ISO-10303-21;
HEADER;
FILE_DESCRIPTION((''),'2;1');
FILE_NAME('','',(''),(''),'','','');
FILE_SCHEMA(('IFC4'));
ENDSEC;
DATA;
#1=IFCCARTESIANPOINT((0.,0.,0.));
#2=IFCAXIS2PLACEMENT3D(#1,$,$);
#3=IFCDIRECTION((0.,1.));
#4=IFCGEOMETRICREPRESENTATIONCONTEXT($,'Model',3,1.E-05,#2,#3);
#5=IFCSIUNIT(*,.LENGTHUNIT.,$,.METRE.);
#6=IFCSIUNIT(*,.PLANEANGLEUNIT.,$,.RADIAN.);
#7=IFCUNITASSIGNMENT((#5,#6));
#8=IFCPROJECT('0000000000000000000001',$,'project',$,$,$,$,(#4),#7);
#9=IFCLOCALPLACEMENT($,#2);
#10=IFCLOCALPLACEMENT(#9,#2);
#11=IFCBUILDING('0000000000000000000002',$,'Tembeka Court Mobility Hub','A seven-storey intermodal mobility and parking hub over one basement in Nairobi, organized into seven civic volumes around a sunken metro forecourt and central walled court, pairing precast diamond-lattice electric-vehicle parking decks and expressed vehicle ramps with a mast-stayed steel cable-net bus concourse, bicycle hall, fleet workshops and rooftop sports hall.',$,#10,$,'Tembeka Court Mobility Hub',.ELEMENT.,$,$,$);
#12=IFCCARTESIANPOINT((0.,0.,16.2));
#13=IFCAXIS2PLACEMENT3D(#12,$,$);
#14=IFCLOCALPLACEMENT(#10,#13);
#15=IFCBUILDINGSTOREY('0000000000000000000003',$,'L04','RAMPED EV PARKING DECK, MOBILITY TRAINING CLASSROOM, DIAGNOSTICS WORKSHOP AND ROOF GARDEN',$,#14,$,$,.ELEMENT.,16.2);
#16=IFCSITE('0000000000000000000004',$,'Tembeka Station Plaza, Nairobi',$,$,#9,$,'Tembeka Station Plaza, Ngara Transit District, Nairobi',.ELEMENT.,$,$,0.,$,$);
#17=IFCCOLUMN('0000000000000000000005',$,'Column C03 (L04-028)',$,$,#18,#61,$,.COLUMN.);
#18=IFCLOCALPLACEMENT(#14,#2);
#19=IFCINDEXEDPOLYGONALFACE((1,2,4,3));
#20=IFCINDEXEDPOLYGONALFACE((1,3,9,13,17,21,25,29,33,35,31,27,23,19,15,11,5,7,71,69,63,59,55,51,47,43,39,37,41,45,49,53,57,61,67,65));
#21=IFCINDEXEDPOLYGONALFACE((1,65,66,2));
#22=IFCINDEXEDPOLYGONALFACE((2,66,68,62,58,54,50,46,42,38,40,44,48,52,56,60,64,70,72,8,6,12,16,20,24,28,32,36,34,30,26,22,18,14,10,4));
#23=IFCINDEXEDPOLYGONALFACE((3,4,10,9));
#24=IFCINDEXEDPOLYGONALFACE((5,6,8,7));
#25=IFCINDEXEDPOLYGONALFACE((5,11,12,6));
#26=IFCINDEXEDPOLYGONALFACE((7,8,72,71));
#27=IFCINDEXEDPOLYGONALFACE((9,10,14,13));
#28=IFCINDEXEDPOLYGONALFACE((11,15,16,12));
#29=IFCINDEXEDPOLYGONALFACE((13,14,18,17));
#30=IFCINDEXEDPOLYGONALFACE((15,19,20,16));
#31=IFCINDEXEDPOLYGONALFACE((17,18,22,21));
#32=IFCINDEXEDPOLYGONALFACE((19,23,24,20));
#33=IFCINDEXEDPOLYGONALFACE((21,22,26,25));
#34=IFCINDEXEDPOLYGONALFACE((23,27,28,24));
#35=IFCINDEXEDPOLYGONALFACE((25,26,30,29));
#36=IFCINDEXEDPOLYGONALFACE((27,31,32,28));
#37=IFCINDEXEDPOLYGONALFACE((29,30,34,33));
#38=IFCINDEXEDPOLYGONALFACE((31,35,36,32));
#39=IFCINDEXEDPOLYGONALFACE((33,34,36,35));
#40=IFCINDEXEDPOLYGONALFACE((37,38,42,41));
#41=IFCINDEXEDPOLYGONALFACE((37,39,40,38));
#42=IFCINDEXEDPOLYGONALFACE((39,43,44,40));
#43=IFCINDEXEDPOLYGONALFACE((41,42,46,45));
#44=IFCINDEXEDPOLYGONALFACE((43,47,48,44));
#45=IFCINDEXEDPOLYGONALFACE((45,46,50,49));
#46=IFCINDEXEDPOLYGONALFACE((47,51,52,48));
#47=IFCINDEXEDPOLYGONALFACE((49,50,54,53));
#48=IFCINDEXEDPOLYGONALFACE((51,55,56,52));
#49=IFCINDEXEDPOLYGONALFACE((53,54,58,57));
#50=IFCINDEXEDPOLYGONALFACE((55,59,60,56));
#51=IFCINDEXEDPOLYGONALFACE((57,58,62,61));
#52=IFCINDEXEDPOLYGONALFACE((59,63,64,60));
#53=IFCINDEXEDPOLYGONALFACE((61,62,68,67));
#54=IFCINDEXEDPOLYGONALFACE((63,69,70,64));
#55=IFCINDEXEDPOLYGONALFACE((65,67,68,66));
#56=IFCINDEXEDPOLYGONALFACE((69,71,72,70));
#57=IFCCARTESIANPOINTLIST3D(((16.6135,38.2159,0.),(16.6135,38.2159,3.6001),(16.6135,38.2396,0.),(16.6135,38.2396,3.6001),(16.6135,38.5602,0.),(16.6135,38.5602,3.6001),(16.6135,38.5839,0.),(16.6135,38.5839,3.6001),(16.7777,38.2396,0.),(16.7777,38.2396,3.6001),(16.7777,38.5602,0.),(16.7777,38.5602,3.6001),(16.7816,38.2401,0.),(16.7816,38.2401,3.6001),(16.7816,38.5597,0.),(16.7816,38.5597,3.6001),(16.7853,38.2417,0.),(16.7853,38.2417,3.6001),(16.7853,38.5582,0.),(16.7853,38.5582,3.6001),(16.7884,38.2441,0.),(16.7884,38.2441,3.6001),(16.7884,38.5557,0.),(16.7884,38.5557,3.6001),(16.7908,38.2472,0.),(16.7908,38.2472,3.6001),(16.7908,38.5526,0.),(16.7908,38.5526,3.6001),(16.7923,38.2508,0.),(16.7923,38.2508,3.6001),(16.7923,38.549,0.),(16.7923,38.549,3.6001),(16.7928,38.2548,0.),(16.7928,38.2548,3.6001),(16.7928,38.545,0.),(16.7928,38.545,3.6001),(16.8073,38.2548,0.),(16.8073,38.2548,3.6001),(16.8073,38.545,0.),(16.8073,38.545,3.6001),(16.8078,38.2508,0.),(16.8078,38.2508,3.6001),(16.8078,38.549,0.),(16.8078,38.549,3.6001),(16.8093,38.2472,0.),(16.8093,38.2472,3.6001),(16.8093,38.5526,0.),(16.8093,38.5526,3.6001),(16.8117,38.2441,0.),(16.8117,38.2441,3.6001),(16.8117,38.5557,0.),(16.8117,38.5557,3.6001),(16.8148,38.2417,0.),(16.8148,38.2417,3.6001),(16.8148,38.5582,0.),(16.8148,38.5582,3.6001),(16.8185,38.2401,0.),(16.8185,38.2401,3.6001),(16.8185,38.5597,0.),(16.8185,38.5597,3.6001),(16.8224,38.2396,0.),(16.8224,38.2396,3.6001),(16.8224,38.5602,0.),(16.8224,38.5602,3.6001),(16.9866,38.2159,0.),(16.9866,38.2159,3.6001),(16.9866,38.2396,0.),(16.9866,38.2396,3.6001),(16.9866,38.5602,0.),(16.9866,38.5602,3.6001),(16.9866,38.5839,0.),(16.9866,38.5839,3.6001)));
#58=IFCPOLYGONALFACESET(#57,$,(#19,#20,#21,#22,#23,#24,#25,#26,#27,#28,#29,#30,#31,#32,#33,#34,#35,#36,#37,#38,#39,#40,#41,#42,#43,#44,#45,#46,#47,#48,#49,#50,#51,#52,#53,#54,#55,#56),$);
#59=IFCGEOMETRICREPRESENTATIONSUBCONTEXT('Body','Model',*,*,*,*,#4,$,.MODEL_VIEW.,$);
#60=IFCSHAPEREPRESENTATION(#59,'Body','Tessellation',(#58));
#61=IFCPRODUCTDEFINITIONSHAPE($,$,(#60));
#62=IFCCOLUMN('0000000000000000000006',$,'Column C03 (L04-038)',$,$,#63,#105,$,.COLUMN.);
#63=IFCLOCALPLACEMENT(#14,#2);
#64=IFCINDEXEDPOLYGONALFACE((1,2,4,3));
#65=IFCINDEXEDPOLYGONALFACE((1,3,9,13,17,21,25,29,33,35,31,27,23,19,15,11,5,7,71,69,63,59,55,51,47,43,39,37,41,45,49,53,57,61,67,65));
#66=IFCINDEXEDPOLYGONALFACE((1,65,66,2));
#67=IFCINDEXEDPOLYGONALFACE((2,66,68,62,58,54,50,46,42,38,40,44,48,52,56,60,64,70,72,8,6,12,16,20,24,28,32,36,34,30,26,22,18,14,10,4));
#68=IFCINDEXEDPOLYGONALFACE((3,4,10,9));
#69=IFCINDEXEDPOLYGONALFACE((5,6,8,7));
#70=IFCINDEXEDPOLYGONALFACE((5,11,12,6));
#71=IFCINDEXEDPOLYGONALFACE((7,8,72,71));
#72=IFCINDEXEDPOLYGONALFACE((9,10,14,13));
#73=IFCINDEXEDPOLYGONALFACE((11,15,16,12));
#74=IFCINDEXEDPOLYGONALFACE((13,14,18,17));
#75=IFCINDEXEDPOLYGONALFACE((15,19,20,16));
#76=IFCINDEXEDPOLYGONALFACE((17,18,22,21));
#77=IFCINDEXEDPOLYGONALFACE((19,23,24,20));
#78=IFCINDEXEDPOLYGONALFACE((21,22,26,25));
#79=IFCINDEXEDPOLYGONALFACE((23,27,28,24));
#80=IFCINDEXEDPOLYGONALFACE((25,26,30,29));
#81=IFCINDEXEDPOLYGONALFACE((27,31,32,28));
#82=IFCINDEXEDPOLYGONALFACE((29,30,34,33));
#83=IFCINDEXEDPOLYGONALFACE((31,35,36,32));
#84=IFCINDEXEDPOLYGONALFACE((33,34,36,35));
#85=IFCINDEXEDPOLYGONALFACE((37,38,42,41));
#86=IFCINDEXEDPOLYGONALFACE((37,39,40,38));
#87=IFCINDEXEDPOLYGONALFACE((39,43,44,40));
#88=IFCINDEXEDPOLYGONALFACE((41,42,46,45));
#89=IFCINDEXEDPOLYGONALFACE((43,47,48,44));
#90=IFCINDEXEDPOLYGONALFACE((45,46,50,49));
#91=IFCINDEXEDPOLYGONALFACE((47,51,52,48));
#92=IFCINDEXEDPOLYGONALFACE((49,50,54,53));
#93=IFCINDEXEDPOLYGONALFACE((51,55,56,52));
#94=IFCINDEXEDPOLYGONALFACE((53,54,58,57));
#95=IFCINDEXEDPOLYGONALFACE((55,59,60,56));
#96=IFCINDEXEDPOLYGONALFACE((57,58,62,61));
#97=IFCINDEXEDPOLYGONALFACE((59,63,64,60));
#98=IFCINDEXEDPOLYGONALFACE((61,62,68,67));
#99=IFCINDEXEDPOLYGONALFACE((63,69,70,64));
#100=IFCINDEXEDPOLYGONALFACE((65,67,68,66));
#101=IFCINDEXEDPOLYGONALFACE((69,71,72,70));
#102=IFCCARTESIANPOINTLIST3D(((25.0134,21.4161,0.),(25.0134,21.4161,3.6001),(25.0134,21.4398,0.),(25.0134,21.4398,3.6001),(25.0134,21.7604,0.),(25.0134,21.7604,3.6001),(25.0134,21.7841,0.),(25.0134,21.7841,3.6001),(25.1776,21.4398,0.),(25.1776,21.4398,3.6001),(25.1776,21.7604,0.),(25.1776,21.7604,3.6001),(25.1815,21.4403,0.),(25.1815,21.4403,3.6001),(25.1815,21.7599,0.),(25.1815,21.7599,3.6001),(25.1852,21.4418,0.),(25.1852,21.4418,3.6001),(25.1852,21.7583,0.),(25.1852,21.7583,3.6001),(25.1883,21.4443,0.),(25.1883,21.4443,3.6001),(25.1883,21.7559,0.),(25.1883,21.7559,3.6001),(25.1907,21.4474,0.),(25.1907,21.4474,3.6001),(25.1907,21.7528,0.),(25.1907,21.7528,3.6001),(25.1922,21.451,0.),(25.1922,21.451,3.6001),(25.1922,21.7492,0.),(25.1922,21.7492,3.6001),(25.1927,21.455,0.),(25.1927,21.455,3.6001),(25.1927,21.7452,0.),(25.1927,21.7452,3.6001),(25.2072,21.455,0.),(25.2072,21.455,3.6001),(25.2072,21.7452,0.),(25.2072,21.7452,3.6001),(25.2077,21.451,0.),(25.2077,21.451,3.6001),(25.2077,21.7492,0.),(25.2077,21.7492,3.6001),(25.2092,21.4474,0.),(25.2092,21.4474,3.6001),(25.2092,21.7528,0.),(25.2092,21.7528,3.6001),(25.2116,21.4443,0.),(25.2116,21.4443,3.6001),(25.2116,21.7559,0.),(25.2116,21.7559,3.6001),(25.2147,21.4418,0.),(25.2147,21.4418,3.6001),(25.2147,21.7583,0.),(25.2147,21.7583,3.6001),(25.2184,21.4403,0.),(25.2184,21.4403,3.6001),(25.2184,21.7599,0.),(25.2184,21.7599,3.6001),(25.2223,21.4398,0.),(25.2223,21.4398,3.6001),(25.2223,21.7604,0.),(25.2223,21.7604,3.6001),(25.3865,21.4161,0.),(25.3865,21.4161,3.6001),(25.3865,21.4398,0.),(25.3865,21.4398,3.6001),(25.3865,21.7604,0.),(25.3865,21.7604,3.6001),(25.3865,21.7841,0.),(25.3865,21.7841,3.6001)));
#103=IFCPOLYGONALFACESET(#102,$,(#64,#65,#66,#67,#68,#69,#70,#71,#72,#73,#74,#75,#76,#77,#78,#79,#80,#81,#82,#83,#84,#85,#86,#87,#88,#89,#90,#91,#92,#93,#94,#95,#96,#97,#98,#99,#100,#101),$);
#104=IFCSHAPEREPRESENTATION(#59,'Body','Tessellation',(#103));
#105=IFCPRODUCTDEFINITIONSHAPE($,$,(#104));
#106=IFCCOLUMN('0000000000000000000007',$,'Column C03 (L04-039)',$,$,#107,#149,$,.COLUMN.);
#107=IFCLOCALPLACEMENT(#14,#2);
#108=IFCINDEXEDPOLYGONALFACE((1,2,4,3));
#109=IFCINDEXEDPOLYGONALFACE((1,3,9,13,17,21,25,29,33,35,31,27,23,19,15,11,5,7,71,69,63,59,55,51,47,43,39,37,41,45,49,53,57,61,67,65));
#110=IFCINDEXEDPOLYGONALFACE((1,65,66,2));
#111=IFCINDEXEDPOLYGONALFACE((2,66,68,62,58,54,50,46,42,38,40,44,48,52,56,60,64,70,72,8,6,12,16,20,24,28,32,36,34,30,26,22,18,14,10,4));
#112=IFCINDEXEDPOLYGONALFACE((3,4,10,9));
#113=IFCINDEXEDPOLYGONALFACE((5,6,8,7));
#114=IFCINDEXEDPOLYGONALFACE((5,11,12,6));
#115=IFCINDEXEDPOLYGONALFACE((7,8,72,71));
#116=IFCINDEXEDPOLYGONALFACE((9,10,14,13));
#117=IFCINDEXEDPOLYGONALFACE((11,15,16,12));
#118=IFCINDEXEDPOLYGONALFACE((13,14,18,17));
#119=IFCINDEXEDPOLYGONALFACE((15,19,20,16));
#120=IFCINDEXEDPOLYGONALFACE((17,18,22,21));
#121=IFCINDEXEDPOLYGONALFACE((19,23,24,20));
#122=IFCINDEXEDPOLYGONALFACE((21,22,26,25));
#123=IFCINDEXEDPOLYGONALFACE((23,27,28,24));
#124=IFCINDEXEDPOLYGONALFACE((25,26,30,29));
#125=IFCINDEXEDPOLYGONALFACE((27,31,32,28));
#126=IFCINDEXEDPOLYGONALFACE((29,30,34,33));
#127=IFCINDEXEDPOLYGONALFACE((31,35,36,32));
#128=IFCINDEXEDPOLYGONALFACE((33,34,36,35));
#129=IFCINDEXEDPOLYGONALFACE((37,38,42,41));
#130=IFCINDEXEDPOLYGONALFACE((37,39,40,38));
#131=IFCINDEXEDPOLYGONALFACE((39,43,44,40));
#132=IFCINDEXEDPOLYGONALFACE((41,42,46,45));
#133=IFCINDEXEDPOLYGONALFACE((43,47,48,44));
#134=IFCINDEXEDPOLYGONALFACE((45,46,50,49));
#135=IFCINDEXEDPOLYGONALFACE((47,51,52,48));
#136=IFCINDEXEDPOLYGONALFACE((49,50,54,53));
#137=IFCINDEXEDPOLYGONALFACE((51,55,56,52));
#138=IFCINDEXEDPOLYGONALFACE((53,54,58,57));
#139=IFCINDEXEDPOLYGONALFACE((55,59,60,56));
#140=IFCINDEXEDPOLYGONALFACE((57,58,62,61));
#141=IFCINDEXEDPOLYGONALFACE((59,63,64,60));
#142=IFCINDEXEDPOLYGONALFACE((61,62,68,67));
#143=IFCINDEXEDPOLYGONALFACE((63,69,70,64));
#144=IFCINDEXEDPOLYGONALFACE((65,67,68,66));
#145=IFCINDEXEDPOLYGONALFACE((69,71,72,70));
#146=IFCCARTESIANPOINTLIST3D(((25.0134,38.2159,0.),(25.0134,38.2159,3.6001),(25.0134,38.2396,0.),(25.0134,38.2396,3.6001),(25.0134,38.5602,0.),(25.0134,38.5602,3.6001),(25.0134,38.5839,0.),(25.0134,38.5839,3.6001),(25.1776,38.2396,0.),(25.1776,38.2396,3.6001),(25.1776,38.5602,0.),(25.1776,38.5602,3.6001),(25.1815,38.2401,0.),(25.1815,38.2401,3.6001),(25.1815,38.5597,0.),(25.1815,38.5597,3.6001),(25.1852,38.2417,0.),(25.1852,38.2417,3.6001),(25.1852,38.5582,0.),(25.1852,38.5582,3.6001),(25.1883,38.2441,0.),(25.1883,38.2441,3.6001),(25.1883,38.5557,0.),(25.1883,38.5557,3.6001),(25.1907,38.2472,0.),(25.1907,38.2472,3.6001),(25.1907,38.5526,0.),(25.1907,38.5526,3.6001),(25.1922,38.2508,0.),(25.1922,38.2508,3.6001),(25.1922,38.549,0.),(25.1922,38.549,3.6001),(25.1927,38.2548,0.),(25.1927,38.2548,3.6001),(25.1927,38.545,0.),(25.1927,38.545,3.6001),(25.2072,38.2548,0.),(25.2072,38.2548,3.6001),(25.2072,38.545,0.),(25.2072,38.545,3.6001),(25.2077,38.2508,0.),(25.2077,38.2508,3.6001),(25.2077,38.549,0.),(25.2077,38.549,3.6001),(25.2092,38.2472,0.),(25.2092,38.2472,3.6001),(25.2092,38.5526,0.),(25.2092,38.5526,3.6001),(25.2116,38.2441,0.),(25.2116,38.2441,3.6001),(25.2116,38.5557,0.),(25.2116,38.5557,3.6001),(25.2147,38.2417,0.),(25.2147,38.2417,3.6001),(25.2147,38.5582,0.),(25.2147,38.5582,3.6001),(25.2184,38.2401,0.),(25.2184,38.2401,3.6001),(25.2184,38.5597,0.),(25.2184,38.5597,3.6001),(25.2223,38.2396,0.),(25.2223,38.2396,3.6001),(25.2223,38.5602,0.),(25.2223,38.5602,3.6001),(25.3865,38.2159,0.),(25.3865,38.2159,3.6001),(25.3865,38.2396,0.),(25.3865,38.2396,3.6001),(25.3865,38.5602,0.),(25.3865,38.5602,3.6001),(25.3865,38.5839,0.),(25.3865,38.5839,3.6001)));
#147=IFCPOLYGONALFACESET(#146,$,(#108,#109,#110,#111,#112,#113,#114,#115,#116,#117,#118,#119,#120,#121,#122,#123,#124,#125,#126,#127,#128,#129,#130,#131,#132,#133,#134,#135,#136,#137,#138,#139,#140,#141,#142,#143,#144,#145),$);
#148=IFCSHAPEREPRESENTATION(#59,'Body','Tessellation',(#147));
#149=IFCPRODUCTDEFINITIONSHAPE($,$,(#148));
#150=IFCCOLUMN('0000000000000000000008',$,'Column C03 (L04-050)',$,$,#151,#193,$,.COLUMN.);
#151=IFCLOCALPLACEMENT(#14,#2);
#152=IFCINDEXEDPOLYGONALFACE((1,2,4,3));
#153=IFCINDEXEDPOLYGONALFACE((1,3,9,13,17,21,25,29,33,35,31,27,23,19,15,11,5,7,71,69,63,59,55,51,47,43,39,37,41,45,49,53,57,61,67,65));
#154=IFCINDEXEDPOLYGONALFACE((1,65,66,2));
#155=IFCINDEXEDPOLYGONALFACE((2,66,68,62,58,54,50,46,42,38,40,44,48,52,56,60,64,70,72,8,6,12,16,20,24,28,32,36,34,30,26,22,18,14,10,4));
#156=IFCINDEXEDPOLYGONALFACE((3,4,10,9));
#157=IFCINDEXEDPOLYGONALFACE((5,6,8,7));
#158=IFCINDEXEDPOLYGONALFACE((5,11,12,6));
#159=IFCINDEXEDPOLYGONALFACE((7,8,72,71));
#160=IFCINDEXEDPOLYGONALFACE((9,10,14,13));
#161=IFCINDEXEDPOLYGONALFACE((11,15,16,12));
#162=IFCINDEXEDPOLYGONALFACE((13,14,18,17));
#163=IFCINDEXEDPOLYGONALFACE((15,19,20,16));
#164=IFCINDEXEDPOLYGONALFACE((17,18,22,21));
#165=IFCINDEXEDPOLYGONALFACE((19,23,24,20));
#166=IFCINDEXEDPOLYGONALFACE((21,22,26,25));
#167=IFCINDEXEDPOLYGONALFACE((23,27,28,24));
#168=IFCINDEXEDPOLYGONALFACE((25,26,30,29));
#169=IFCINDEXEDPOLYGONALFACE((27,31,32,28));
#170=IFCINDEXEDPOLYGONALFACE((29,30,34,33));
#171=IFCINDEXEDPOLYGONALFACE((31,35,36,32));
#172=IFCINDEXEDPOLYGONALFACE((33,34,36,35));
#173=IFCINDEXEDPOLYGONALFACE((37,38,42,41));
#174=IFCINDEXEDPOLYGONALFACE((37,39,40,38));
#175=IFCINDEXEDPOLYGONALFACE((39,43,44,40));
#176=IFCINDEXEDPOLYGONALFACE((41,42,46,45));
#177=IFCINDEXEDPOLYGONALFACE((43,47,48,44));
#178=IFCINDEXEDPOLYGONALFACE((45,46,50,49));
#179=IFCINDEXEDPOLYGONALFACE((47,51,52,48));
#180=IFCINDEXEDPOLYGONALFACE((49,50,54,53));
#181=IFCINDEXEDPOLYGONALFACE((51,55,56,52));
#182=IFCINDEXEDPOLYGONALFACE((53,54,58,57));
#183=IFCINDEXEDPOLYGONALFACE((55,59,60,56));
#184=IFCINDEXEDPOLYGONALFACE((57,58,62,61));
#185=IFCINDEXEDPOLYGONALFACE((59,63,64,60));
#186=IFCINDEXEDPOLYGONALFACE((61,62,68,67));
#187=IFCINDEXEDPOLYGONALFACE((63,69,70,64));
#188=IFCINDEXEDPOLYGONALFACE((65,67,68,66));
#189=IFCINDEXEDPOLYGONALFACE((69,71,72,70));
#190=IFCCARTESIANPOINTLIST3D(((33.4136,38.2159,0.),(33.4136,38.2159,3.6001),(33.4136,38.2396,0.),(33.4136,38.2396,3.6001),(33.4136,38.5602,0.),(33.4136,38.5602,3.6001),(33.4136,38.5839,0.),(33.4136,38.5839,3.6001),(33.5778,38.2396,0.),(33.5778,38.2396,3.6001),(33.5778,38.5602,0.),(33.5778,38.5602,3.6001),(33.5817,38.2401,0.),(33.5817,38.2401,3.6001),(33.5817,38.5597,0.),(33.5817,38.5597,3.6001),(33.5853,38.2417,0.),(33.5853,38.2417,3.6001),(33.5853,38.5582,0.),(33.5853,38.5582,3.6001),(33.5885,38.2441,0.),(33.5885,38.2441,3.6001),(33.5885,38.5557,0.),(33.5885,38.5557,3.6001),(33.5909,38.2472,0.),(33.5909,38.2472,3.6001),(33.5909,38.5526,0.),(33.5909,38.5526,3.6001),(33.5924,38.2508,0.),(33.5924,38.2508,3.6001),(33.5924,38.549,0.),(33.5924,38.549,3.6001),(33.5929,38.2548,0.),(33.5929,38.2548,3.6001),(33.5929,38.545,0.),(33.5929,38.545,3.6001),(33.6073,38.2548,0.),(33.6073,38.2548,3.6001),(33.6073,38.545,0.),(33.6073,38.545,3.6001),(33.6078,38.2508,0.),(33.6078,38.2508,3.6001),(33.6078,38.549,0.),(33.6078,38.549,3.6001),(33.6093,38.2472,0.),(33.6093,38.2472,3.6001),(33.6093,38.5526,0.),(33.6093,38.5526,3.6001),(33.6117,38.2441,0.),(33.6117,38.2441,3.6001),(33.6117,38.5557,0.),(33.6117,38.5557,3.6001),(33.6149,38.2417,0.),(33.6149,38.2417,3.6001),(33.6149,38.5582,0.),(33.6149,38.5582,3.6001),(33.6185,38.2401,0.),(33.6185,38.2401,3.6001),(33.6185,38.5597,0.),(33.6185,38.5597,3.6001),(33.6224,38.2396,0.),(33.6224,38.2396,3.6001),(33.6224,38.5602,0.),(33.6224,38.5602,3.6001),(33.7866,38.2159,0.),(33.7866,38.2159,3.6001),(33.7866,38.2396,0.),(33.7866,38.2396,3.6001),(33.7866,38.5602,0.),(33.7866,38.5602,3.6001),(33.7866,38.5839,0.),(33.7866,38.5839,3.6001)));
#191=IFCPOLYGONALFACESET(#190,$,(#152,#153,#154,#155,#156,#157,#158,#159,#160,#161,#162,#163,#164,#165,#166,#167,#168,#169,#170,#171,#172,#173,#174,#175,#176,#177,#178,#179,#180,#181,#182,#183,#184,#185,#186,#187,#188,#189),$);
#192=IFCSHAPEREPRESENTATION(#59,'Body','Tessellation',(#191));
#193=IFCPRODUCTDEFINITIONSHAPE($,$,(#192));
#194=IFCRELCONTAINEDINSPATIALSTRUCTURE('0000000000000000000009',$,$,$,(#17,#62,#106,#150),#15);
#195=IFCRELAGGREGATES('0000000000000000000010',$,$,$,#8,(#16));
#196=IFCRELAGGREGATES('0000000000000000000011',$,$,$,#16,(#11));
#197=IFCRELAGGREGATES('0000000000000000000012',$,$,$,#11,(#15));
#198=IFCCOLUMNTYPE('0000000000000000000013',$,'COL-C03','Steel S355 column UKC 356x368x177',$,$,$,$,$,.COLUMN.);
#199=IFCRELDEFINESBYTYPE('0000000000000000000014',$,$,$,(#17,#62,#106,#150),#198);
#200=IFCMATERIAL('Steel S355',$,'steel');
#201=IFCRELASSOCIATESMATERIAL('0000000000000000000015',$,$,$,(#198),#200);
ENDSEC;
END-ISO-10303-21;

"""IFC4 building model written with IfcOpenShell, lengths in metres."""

from ifc_helpers import new_model, si_unit, direction, frame, origin, origin_2d, place, context, subcontext, project, spatial, i_section, extrude, material, material_profile, profile_set, type_object, element, save


model = new_model("IFC4")

# Units and contexts
model_context = context("Model", 3, precision=1e-05, world=origin(), true_north=direction((0.0, 1.0)))
body_context = subcontext(model_context, "Body", "Model", "MODEL_VIEW")
ifc_project = project(units=[si_unit("LENGTHUNIT", "METRE"), si_unit("PLANEANGLEUNIT", "RADIAN")], contexts=[model_context])

# Site, building, storey
site_placement = place(None, origin())
site = spatial("IfcSite", under=ifc_project, at=site_placement, Name="Tembeka Station Plaza, Nairobi", LongName="Tembeka Station Plaza, Ngara Transit District, Nairobi", CompositionType="ELEMENT", RefElevation=0.0)
building_placement = place(site_placement, origin())
building = spatial("IfcBuilding", under=site, at=building_placement, Name="Tembeka Court Mobility Hub", Description="A seven-storey intermodal mobility and parking hub over one basement in Nairobi, organized into seven civic volumes around a sunken metro forecourt and central walled court, pairing precast diamond-lattice electric-vehicle parking decks and expressed vehicle ramps with a mast-stayed steel cable-net bus concourse, bicycle hall, fleet workshops and rooftop sports hall.", LongName="Tembeka Court Mobility Hub", CompositionType="ELEMENT")
storey_placement = place(building_placement, frame((0.0, 0.0, 16.2)))
storey = spatial("IfcBuildingStorey", under=building, at=storey_placement, Name="L04", Description="RAMPED EV PARKING DECK, MOBILITY TRAINING CLASSROOM, DIAGNOSTICS WORKSHOP AND ROOF GARDEN", CompositionType="ELEMENT", Elevation=16.2)

# Columns
ifc_material_1 = material(Name="Steel S355", Category="steel")
ifc_material_profile_1 = material_profile(ifc_material_1, i_section(OverallWidth=0.373, OverallDepth=0.3679, WebThickness=0.0144, FlangeThickness=0.0237, FilletRadius=0.0151, at=origin_2d()), Name="UKC 356x368x177")
ifc_profile_set_1 = profile_set([ifc_material_profile_1], Name="Steel S355")
column_type_1 = type_object("IfcColumnType", Name="COL-C03", Description="Steel S355 column UKC 356x368x177", PredefinedType="COLUMN", material=ifc_profile_set_1)
for number, where, z_axis, x_axis, name in (
    (1, (16.8, 38.3999, 0.0), (0.0, 0.0, 1.0), (1.0, 0.0, 0.0), "Column C03 (L04-028)"),
    (2, (25.2, 21.6001, 0.0), (0.0, 0.0, 1.0), (1.0, 0.0, 0.0), "Column C03 (L04-038)"),
    (3, (25.2, 38.3999, 0.0), (0.0, 0.0, 1.0), (1.0, 0.0, 0.0), "Column C03 (L04-039)"),
    (4, (33.6001, 38.3999, 0.0), (0.0, 0.0, 1.0), (1.0, 0.0, 0.0), "Column C03 (L04-050)"),
):
    element("IfcColumn", number, at=place(storey_placement, frame(where, z_axis=z_axis, x_axis=x_axis)), inside=storey, type_object=column_type_1, Name=name, PredefinedType="COLUMN", context=body_context, shape_type="SweptSolid", body=[
        extrude(i_section(OverallWidth=0.373, OverallDepth=0.3679, WebThickness=0.0144, FlangeThickness=0.0237, FilletRadius=0.0151, at=origin_2d()), origin(), (0.0, 0.0, 1.0), 3.6001),
    ])

save(model, "model.ifc")
